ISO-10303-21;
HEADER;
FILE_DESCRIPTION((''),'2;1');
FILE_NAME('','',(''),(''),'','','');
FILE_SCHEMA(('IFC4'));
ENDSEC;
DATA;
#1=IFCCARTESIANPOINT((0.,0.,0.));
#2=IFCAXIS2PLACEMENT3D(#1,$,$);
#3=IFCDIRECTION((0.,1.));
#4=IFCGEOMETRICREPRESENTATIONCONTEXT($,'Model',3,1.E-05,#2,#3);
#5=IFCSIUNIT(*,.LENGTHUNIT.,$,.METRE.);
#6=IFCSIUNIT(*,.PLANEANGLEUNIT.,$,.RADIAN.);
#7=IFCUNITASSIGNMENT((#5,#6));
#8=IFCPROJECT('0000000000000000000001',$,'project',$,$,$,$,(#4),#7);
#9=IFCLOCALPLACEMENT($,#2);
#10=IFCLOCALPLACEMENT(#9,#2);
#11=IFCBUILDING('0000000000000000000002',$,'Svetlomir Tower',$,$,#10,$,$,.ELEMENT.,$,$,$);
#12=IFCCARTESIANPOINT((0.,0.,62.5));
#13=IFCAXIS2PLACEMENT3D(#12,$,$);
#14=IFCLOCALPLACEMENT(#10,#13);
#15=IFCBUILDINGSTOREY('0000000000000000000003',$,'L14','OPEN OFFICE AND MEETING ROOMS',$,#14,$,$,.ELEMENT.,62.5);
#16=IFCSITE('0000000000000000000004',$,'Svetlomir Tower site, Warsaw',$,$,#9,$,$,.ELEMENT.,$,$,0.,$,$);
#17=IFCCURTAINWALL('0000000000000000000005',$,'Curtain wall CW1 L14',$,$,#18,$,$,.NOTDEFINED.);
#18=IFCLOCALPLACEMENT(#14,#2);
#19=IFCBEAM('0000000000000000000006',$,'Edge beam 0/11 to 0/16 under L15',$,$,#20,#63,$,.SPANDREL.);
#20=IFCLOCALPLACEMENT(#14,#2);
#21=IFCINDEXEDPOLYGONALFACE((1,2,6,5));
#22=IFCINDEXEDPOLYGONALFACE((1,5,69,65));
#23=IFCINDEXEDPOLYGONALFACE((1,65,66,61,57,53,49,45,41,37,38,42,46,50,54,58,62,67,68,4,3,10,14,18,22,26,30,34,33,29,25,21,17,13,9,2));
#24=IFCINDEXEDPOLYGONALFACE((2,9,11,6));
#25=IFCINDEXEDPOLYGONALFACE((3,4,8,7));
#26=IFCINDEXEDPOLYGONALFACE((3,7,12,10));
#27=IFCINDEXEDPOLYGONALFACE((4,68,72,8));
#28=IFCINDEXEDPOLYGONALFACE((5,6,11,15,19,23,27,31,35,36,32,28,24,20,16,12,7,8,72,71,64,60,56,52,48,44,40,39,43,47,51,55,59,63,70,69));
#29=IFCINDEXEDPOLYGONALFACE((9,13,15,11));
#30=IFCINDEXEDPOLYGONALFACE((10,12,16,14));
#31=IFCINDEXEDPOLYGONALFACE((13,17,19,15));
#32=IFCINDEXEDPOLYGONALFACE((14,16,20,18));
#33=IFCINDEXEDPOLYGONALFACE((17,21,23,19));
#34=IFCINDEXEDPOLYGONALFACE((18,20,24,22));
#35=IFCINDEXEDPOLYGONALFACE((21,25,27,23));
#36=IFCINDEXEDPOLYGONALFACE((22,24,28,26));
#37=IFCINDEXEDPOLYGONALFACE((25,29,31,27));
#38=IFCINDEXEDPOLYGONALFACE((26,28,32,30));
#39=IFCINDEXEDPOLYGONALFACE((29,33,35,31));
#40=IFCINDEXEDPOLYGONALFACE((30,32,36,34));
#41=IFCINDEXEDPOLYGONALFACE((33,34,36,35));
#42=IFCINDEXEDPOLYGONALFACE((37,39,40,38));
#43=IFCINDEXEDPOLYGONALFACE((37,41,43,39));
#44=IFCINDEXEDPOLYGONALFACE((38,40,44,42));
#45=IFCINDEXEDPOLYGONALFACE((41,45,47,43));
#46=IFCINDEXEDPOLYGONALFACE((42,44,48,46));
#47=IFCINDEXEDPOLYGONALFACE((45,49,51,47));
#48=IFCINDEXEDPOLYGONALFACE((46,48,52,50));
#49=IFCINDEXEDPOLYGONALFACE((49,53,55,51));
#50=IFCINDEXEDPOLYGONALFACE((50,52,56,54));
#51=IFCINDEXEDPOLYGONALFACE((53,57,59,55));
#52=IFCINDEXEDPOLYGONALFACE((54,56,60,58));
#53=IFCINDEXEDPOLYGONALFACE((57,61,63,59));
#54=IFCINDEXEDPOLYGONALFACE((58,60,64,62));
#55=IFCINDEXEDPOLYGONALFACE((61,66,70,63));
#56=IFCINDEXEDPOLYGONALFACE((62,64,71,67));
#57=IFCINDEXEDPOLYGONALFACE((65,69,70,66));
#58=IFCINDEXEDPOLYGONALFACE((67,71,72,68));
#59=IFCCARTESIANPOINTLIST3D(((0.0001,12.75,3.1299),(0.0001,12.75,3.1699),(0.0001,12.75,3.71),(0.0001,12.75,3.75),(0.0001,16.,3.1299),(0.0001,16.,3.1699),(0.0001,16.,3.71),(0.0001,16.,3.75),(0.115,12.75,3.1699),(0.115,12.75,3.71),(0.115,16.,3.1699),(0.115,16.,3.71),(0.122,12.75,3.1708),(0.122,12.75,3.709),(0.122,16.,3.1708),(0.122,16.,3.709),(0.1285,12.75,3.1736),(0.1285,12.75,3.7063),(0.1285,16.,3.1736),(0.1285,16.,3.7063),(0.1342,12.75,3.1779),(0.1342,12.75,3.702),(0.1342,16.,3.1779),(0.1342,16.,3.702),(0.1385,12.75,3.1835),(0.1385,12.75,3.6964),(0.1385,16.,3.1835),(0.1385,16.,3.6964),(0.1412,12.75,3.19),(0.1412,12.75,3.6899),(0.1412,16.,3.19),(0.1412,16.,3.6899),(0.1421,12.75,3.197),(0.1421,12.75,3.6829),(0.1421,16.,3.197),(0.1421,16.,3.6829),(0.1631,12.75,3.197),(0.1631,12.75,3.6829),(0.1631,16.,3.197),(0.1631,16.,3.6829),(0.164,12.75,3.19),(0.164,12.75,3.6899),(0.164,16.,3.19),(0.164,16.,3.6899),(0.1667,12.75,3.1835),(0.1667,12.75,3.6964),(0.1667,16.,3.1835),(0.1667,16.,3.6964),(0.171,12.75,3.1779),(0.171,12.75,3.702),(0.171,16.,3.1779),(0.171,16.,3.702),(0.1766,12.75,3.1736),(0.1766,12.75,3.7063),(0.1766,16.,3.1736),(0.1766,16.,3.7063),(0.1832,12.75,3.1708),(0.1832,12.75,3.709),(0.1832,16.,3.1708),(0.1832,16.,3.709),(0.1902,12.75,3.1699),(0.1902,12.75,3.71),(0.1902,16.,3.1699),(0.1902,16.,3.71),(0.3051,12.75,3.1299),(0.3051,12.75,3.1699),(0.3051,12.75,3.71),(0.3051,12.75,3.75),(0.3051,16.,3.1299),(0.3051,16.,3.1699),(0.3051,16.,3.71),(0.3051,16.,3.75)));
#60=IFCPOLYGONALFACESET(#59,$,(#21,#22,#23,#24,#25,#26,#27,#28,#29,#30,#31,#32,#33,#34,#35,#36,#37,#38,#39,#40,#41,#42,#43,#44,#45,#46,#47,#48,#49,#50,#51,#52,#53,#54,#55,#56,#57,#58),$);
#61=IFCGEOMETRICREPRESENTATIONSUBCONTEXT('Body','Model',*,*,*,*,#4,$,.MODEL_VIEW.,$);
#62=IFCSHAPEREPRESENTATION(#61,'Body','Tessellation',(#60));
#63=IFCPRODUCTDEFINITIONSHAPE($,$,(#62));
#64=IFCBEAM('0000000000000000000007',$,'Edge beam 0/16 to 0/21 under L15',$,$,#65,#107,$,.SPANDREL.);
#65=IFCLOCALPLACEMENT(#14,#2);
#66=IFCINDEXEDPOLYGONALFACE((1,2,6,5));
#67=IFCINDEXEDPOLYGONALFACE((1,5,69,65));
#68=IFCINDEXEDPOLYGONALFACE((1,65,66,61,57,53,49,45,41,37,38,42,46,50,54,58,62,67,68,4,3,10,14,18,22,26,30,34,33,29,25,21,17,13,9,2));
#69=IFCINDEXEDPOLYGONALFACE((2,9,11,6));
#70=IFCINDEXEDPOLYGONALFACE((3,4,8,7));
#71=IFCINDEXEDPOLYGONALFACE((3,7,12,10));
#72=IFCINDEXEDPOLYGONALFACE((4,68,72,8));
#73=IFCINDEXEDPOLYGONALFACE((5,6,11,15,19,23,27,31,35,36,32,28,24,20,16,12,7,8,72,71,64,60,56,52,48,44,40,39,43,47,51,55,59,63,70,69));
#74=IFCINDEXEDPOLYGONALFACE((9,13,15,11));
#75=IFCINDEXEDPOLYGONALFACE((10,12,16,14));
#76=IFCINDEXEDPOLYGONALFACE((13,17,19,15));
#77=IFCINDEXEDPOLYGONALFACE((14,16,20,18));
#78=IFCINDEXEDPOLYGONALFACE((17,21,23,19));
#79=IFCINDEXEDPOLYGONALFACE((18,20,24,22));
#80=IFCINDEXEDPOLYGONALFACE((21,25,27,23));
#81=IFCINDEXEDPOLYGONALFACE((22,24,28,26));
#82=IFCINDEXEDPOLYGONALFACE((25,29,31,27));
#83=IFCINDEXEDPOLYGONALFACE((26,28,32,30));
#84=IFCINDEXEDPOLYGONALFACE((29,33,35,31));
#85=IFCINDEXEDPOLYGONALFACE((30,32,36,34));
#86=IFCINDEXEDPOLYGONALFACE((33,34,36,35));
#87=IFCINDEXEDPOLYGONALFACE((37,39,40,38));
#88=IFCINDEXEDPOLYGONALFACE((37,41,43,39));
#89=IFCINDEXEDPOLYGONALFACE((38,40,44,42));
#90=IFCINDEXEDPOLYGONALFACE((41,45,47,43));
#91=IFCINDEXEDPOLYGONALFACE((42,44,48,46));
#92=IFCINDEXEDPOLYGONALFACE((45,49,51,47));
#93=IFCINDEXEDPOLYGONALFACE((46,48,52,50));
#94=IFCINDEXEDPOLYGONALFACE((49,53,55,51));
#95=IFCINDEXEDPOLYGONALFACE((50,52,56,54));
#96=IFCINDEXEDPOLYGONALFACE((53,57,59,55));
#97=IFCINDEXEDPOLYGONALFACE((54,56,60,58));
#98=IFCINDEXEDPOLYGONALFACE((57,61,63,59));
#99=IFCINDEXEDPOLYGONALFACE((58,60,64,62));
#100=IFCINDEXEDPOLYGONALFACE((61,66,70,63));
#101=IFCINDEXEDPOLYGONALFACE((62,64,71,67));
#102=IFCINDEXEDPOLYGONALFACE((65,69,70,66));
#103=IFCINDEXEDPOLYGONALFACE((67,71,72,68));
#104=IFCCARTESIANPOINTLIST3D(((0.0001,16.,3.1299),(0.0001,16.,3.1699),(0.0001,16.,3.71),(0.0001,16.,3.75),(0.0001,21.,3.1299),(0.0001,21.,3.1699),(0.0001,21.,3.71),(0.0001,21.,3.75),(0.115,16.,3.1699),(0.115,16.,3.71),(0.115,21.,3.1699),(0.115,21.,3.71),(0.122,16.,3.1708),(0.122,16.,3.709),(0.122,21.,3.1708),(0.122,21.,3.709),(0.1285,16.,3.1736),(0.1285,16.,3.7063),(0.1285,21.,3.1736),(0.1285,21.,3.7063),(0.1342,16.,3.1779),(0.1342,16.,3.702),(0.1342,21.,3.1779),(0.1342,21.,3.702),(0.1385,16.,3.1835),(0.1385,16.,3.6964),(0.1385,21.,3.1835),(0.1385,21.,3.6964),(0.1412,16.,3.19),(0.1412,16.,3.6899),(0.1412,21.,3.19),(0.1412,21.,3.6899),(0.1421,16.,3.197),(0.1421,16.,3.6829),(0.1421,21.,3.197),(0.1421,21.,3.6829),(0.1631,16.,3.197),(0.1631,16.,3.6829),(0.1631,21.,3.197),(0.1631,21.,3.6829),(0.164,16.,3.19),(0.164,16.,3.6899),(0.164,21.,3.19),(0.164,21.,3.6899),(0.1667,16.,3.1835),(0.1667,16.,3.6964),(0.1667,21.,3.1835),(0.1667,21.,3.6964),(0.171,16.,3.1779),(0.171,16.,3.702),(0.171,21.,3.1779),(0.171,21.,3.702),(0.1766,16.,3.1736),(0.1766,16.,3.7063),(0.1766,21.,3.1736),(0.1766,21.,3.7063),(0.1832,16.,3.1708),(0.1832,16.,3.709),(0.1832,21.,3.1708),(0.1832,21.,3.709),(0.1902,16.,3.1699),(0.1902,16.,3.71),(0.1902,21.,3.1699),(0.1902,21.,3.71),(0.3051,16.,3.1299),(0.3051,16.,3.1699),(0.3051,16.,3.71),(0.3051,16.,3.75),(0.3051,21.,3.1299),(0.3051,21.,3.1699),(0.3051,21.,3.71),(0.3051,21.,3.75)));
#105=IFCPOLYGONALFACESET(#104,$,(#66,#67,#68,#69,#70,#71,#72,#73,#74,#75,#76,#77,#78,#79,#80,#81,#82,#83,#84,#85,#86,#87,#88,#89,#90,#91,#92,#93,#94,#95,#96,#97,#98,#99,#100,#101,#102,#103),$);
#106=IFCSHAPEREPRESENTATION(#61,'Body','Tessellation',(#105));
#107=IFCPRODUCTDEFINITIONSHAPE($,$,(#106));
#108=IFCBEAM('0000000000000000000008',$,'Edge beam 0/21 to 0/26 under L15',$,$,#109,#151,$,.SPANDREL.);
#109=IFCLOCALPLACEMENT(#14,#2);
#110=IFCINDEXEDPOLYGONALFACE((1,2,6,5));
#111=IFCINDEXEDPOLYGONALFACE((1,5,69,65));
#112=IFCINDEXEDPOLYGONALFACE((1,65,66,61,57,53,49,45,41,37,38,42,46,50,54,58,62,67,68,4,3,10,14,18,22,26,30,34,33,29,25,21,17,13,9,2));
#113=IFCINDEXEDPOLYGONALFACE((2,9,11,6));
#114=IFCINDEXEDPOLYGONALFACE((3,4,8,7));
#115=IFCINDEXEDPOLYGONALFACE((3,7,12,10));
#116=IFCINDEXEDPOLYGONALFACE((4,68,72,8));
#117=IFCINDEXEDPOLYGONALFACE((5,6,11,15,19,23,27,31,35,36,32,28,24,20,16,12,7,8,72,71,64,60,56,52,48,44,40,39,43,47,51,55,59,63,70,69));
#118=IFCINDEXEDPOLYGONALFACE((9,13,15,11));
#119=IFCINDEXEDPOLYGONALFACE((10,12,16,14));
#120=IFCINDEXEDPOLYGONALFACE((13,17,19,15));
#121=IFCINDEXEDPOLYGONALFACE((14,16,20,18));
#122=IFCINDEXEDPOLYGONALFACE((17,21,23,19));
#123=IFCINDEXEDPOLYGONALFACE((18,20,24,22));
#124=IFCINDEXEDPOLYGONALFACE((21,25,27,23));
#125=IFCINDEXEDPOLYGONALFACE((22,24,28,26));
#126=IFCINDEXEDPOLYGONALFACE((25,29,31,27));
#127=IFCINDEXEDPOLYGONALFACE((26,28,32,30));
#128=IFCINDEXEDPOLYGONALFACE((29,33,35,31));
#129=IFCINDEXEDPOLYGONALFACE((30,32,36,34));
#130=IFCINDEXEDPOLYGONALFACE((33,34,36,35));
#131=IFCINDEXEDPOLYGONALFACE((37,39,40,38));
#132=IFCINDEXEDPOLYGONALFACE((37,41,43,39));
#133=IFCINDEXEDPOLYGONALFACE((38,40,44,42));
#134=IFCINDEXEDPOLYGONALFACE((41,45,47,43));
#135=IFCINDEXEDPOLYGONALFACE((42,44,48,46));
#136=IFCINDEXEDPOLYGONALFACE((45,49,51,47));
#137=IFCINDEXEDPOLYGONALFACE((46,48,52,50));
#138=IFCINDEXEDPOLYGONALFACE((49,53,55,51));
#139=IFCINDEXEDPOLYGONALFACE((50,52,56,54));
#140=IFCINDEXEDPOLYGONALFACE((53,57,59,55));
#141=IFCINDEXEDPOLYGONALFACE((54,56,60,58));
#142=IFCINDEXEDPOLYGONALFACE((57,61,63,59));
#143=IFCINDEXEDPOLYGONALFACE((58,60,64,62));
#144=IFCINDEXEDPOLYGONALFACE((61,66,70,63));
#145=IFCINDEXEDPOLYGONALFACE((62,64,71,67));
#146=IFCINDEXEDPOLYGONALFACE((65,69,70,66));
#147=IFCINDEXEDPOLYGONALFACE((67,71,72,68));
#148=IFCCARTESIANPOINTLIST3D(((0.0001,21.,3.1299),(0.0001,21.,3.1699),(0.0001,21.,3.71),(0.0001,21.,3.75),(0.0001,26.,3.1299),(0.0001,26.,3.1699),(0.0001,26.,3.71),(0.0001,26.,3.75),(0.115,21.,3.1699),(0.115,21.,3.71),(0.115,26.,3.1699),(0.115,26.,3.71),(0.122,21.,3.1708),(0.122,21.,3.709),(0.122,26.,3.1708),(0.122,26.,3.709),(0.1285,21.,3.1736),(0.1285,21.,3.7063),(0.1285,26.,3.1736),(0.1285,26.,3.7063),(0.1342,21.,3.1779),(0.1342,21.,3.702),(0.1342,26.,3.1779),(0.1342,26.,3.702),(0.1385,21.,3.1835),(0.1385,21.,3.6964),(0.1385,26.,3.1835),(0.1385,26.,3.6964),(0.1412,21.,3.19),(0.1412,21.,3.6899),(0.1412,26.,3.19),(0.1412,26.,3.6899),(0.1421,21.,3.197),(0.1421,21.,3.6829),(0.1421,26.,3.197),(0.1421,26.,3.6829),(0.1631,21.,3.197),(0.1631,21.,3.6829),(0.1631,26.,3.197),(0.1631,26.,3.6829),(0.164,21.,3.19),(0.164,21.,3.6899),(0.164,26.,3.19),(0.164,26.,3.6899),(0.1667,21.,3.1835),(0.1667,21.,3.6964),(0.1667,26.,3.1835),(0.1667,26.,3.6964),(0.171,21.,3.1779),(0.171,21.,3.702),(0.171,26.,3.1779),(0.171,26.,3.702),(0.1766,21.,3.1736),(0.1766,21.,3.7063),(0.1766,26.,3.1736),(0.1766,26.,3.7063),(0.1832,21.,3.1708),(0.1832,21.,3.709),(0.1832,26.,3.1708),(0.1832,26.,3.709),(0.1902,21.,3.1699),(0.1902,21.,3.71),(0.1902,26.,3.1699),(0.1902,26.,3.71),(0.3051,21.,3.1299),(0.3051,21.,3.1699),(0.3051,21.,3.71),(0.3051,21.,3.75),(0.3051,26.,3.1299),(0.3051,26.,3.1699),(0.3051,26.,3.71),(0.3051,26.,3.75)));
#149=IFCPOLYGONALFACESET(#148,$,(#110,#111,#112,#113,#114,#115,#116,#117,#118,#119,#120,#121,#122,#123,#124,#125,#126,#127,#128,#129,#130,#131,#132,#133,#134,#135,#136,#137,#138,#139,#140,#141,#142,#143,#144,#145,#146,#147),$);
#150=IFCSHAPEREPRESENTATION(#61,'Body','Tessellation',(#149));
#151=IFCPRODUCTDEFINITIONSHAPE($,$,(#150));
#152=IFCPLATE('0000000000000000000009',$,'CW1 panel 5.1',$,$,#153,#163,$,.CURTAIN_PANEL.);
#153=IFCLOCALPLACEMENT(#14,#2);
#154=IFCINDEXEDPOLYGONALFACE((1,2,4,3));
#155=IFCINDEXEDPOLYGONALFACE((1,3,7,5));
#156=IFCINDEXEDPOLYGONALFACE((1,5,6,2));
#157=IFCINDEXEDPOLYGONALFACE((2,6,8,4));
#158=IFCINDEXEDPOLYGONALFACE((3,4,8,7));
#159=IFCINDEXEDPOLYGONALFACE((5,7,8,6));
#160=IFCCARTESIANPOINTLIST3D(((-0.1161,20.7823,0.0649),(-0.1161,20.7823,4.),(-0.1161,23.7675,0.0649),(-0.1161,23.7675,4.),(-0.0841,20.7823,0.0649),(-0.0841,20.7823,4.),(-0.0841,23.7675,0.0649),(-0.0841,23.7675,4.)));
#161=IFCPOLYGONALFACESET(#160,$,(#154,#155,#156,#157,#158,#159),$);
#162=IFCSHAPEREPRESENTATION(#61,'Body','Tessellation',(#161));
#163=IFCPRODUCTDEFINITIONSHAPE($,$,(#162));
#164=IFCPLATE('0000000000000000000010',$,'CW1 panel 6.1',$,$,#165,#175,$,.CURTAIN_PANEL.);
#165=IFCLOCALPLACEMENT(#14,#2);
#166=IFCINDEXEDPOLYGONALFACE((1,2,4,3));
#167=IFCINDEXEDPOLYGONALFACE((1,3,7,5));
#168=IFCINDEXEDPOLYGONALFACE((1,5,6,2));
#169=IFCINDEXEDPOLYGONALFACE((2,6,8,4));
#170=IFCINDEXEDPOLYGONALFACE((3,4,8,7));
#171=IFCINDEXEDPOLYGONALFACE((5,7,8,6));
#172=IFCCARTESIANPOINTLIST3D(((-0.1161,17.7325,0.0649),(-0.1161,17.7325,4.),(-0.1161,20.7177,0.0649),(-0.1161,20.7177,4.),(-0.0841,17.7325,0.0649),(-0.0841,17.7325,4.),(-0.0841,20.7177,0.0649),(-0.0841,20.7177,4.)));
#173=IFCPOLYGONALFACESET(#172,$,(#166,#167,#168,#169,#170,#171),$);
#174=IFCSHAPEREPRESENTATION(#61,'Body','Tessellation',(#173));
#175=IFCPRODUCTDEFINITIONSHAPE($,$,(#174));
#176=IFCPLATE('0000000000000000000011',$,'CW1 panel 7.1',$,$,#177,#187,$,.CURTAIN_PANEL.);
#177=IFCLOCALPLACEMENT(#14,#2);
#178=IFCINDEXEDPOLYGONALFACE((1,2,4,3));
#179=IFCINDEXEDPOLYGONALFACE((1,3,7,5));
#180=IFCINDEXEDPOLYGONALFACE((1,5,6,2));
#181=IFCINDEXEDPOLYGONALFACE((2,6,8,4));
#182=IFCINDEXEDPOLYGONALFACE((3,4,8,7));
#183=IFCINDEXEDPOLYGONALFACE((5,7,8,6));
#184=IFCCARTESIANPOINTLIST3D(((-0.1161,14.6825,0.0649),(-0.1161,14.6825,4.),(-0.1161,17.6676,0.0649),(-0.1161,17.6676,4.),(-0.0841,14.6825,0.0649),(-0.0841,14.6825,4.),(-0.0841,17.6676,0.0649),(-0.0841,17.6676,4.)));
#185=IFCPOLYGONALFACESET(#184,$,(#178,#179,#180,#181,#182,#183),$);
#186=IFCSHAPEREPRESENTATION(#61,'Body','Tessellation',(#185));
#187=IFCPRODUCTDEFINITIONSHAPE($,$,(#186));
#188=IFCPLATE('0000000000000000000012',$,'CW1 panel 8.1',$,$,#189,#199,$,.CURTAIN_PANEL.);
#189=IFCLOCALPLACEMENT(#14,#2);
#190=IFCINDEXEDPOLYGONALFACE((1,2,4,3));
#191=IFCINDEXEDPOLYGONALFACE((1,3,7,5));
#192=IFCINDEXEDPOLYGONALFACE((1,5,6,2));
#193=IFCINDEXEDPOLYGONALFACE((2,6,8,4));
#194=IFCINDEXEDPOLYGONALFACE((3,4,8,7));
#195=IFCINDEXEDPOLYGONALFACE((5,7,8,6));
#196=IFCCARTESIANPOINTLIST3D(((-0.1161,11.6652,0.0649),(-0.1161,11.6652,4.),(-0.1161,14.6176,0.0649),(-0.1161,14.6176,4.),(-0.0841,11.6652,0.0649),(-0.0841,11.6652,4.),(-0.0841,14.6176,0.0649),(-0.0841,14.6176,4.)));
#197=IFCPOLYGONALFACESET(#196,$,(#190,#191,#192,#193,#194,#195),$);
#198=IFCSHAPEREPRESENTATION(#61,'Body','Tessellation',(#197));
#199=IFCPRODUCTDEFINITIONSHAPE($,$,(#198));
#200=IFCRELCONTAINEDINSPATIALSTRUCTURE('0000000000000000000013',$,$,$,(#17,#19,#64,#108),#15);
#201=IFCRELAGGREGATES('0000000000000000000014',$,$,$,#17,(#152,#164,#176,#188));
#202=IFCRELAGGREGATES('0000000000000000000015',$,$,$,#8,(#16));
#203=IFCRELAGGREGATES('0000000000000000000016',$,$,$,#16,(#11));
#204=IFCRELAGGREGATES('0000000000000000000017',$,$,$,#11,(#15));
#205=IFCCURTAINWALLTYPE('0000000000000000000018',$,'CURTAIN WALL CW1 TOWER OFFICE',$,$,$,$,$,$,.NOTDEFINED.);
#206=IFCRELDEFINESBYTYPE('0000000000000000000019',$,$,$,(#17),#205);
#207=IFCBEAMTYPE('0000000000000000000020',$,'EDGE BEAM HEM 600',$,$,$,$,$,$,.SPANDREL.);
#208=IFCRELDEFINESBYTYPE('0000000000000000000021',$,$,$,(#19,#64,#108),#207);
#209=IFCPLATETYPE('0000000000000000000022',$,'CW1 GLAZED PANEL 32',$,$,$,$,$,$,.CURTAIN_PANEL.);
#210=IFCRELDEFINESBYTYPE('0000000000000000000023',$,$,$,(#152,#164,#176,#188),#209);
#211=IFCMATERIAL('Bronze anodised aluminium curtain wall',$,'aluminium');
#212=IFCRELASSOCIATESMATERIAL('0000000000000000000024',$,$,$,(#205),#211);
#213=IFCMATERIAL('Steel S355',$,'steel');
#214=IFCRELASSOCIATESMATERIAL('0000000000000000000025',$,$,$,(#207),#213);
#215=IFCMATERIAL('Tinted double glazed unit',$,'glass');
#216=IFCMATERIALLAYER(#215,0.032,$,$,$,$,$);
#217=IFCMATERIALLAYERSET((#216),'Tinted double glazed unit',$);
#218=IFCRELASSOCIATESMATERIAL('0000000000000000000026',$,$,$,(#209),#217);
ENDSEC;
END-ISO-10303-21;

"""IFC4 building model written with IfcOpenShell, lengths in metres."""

from ifc_helpers import new_model, si_unit, direction, frame, origin, origin_2d, place, context, subcontext, project, spatial, rectangle, i_section, extrude, material, layer, layer_set, material_profile, profile_set, type_object, element, aggregate, save


model = new_model("IFC4")

# Units and contexts
model_context = context("Model", 3, precision=1e-05, world=origin(), true_north=direction((0.0, 1.0)))
body_context = subcontext(model_context, "Body", "Model", "MODEL_VIEW")
ifc_project = project(units=[si_unit("LENGTHUNIT", "METRE"), si_unit("PLANEANGLEUNIT", "RADIAN")], contexts=[model_context])

# Site, building, storey
site_placement = place(None, origin())
site = spatial("IfcSite", under=ifc_project, at=site_placement, Name="Svetlomir Tower site, Warsaw", CompositionType="ELEMENT", RefElevation=0.0)
building_placement = place(site_placement, origin())
building = spatial("IfcBuilding", under=site, at=building_placement, Name="Svetlomir Tower", CompositionType="ELEMENT")
storey_placement = place(building_placement, frame((0.0, 0.0, 62.5)))
storey = spatial("IfcBuildingStorey", under=building, at=storey_placement, Name="L14", Description="OPEN OFFICE AND MEETING ROOMS", CompositionType="ELEMENT", Elevation=62.5)

# Curtain wall
ifc_material_1 = material(Name="Bronze anodised aluminium curtain wall", Category="aluminium")
curtain_wall_type = type_object("IfcCurtainWallType", Name="CURTAIN WALL CW1 TOWER OFFICE", PredefinedType="NOTDEFINED", material=ifc_material_1)
curtain_wall_placement = place(storey_placement, origin())
curtain_wall = element("IfcCurtainWall", 1, at=curtain_wall_placement, inside=storey, type_object=curtain_wall_type, Name="Curtain wall CW1 L14", PredefinedType="NOTDEFINED")

# Beams
ifc_material_2 = material(Name="Steel S355", Category="steel")
ifc_material_profile_1 = material_profile(ifc_material_2, i_section(OverallWidth=0.3049, OverallDepth=0.6201, WebThickness=0.021, FlangeThickness=0.04, FilletRadius=0.0271, at=origin_2d()), Name="HEM 600")
ifc_profile_set_1 = profile_set([ifc_material_profile_1], Name="Steel S355")
beam_type = type_object("IfcBeamType", Name="EDGE BEAM HEM 600", PredefinedType="SPANDREL", material=ifc_profile_set_1)
beam_placement = place(storey_placement, frame((0.1526, 12.75, 3.4399), z_axis=(0.0, 1.0, 0.0), x_axis=(-1.0, 0.0, 0.0)))
element("IfcBeam", 2, at=beam_placement, inside=storey, type_object=beam_type, Name="Edge beam 0/11 to 0/16 under L15", PredefinedType="SPANDREL", context=body_context, shape_type="SweptSolid", body=[
    extrude(i_section(OverallWidth=0.3049, OverallDepth=0.6201, WebThickness=0.021, FlangeThickness=0.04, FilletRadius=0.0271, at=origin_2d()), origin(), (0.0, 0.0, 1.0), 3.25),
])
for number, where, z_axis, x_axis, name in (
    (3, (0.1526, 16.0, 3.4399), (0.0, 1.0, 0.0), (-1.0, 0.0, 0.0), "Edge beam 0/16 to 0/21 under L15"),
    (4, (0.1526, 21.0, 3.4399), (0.0, 1.0, 0.0), (-1.0, 0.0, 0.0), "Edge beam 0/21 to 0/26 under L15"),
):
    element("IfcBeam", number, at=place(storey_placement, frame(where, z_axis=z_axis, x_axis=x_axis)), inside=storey, type_object=beam_type, Name=name, PredefinedType="SPANDREL", context=body_context, shape_type="SweptSolid", body=[
        extrude(i_section(OverallWidth=0.3049, OverallDepth=0.6201, WebThickness=0.021, FlangeThickness=0.04, FilletRadius=0.0271, at=origin_2d()), origin(), (0.0, 0.0, 1.0), 5.0),
    ])

# Plates
ifc_material_3 = material(Name="Tinted double glazed unit", Category="glass")
ifc_layer_1 = layer(ifc_material_3, 0.032)
ifc_layer_set_1 = layer_set([ifc_layer_1], Name="Tinted double glazed unit")
plate_type = type_object("IfcPlateType", Name="CW1 GLAZED PANEL 32", PredefinedType="CURTAIN_PANEL", material=ifc_layer_set_1)
plate_1_placement = place(storey_placement, frame((-0.1001, 22.2749, 0.0649), z_axis=(0.0, 0.0, 1.0), x_axis=(0.0, -1.0, 0.0)))
plate_1 = element("IfcPlate", 5, at=plate_1_placement, type_object=plate_type, Name="CW1 panel 5.1", PredefinedType="CURTAIN_PANEL", context=body_context, shape_type="SweptSolid", body=[
    extrude(rectangle(XDim=2.9851, YDim=0.032, at=origin_2d()), origin(), (0.0, 0.0, 1.0), 3.9351),
])
plate_2_placement = place(storey_placement, frame((-0.1001, 19.2251, 0.0649), z_axis=(0.0, 0.0, 1.0), x_axis=(0.0, -1.0, 0.0)))
plate_2 = element("IfcPlate", 6, at=plate_2_placement, type_object=plate_type, Name="CW1 panel 6.1", PredefinedType="CURTAIN_PANEL", context=body_context, shape_type="SweptSolid", body=[
    extrude(rectangle(XDim=2.9851, YDim=0.032, at=origin_2d()), origin(), (0.0, 0.0, 1.0), 3.9351),
])
plate_3_placement = place(storey_placement, frame((-0.1001, 16.175, 0.0649), z_axis=(0.0, 0.0, 1.0), x_axis=(0.0, -1.0, 0.0)))
plate_3 = element("IfcPlate", 7, at=plate_3_placement, type_object=plate_type, Name="CW1 panel 7.1", PredefinedType="CURTAIN_PANEL", context=body_context, shape_type="SweptSolid", body=[
    extrude(rectangle(XDim=2.9851, YDim=0.032, at=origin_2d()), origin(), (0.0, 0.0, 1.0), 3.9351),
])
plate_4_placement = place(storey_placement, frame((-0.1001, 13.1414, 0.0649), z_axis=(0.0, 0.0, 1.0), x_axis=(0.0, -1.0, 0.0)))
plate_4 = element("IfcPlate", 8, at=plate_4_placement, type_object=plate_type, Name="CW1 panel 8.1", PredefinedType="CURTAIN_PANEL", context=body_context, shape_type="SweptSolid", body=[
    extrude(rectangle(XDim=2.9524, YDim=0.032, at=origin_2d()), origin(), (0.0, 0.0, 1.0), 3.9351),
])
aggregate(curtain_wall, [plate_1, plate_2, plate_3, plate_4])

save(model, "model.ifc")
